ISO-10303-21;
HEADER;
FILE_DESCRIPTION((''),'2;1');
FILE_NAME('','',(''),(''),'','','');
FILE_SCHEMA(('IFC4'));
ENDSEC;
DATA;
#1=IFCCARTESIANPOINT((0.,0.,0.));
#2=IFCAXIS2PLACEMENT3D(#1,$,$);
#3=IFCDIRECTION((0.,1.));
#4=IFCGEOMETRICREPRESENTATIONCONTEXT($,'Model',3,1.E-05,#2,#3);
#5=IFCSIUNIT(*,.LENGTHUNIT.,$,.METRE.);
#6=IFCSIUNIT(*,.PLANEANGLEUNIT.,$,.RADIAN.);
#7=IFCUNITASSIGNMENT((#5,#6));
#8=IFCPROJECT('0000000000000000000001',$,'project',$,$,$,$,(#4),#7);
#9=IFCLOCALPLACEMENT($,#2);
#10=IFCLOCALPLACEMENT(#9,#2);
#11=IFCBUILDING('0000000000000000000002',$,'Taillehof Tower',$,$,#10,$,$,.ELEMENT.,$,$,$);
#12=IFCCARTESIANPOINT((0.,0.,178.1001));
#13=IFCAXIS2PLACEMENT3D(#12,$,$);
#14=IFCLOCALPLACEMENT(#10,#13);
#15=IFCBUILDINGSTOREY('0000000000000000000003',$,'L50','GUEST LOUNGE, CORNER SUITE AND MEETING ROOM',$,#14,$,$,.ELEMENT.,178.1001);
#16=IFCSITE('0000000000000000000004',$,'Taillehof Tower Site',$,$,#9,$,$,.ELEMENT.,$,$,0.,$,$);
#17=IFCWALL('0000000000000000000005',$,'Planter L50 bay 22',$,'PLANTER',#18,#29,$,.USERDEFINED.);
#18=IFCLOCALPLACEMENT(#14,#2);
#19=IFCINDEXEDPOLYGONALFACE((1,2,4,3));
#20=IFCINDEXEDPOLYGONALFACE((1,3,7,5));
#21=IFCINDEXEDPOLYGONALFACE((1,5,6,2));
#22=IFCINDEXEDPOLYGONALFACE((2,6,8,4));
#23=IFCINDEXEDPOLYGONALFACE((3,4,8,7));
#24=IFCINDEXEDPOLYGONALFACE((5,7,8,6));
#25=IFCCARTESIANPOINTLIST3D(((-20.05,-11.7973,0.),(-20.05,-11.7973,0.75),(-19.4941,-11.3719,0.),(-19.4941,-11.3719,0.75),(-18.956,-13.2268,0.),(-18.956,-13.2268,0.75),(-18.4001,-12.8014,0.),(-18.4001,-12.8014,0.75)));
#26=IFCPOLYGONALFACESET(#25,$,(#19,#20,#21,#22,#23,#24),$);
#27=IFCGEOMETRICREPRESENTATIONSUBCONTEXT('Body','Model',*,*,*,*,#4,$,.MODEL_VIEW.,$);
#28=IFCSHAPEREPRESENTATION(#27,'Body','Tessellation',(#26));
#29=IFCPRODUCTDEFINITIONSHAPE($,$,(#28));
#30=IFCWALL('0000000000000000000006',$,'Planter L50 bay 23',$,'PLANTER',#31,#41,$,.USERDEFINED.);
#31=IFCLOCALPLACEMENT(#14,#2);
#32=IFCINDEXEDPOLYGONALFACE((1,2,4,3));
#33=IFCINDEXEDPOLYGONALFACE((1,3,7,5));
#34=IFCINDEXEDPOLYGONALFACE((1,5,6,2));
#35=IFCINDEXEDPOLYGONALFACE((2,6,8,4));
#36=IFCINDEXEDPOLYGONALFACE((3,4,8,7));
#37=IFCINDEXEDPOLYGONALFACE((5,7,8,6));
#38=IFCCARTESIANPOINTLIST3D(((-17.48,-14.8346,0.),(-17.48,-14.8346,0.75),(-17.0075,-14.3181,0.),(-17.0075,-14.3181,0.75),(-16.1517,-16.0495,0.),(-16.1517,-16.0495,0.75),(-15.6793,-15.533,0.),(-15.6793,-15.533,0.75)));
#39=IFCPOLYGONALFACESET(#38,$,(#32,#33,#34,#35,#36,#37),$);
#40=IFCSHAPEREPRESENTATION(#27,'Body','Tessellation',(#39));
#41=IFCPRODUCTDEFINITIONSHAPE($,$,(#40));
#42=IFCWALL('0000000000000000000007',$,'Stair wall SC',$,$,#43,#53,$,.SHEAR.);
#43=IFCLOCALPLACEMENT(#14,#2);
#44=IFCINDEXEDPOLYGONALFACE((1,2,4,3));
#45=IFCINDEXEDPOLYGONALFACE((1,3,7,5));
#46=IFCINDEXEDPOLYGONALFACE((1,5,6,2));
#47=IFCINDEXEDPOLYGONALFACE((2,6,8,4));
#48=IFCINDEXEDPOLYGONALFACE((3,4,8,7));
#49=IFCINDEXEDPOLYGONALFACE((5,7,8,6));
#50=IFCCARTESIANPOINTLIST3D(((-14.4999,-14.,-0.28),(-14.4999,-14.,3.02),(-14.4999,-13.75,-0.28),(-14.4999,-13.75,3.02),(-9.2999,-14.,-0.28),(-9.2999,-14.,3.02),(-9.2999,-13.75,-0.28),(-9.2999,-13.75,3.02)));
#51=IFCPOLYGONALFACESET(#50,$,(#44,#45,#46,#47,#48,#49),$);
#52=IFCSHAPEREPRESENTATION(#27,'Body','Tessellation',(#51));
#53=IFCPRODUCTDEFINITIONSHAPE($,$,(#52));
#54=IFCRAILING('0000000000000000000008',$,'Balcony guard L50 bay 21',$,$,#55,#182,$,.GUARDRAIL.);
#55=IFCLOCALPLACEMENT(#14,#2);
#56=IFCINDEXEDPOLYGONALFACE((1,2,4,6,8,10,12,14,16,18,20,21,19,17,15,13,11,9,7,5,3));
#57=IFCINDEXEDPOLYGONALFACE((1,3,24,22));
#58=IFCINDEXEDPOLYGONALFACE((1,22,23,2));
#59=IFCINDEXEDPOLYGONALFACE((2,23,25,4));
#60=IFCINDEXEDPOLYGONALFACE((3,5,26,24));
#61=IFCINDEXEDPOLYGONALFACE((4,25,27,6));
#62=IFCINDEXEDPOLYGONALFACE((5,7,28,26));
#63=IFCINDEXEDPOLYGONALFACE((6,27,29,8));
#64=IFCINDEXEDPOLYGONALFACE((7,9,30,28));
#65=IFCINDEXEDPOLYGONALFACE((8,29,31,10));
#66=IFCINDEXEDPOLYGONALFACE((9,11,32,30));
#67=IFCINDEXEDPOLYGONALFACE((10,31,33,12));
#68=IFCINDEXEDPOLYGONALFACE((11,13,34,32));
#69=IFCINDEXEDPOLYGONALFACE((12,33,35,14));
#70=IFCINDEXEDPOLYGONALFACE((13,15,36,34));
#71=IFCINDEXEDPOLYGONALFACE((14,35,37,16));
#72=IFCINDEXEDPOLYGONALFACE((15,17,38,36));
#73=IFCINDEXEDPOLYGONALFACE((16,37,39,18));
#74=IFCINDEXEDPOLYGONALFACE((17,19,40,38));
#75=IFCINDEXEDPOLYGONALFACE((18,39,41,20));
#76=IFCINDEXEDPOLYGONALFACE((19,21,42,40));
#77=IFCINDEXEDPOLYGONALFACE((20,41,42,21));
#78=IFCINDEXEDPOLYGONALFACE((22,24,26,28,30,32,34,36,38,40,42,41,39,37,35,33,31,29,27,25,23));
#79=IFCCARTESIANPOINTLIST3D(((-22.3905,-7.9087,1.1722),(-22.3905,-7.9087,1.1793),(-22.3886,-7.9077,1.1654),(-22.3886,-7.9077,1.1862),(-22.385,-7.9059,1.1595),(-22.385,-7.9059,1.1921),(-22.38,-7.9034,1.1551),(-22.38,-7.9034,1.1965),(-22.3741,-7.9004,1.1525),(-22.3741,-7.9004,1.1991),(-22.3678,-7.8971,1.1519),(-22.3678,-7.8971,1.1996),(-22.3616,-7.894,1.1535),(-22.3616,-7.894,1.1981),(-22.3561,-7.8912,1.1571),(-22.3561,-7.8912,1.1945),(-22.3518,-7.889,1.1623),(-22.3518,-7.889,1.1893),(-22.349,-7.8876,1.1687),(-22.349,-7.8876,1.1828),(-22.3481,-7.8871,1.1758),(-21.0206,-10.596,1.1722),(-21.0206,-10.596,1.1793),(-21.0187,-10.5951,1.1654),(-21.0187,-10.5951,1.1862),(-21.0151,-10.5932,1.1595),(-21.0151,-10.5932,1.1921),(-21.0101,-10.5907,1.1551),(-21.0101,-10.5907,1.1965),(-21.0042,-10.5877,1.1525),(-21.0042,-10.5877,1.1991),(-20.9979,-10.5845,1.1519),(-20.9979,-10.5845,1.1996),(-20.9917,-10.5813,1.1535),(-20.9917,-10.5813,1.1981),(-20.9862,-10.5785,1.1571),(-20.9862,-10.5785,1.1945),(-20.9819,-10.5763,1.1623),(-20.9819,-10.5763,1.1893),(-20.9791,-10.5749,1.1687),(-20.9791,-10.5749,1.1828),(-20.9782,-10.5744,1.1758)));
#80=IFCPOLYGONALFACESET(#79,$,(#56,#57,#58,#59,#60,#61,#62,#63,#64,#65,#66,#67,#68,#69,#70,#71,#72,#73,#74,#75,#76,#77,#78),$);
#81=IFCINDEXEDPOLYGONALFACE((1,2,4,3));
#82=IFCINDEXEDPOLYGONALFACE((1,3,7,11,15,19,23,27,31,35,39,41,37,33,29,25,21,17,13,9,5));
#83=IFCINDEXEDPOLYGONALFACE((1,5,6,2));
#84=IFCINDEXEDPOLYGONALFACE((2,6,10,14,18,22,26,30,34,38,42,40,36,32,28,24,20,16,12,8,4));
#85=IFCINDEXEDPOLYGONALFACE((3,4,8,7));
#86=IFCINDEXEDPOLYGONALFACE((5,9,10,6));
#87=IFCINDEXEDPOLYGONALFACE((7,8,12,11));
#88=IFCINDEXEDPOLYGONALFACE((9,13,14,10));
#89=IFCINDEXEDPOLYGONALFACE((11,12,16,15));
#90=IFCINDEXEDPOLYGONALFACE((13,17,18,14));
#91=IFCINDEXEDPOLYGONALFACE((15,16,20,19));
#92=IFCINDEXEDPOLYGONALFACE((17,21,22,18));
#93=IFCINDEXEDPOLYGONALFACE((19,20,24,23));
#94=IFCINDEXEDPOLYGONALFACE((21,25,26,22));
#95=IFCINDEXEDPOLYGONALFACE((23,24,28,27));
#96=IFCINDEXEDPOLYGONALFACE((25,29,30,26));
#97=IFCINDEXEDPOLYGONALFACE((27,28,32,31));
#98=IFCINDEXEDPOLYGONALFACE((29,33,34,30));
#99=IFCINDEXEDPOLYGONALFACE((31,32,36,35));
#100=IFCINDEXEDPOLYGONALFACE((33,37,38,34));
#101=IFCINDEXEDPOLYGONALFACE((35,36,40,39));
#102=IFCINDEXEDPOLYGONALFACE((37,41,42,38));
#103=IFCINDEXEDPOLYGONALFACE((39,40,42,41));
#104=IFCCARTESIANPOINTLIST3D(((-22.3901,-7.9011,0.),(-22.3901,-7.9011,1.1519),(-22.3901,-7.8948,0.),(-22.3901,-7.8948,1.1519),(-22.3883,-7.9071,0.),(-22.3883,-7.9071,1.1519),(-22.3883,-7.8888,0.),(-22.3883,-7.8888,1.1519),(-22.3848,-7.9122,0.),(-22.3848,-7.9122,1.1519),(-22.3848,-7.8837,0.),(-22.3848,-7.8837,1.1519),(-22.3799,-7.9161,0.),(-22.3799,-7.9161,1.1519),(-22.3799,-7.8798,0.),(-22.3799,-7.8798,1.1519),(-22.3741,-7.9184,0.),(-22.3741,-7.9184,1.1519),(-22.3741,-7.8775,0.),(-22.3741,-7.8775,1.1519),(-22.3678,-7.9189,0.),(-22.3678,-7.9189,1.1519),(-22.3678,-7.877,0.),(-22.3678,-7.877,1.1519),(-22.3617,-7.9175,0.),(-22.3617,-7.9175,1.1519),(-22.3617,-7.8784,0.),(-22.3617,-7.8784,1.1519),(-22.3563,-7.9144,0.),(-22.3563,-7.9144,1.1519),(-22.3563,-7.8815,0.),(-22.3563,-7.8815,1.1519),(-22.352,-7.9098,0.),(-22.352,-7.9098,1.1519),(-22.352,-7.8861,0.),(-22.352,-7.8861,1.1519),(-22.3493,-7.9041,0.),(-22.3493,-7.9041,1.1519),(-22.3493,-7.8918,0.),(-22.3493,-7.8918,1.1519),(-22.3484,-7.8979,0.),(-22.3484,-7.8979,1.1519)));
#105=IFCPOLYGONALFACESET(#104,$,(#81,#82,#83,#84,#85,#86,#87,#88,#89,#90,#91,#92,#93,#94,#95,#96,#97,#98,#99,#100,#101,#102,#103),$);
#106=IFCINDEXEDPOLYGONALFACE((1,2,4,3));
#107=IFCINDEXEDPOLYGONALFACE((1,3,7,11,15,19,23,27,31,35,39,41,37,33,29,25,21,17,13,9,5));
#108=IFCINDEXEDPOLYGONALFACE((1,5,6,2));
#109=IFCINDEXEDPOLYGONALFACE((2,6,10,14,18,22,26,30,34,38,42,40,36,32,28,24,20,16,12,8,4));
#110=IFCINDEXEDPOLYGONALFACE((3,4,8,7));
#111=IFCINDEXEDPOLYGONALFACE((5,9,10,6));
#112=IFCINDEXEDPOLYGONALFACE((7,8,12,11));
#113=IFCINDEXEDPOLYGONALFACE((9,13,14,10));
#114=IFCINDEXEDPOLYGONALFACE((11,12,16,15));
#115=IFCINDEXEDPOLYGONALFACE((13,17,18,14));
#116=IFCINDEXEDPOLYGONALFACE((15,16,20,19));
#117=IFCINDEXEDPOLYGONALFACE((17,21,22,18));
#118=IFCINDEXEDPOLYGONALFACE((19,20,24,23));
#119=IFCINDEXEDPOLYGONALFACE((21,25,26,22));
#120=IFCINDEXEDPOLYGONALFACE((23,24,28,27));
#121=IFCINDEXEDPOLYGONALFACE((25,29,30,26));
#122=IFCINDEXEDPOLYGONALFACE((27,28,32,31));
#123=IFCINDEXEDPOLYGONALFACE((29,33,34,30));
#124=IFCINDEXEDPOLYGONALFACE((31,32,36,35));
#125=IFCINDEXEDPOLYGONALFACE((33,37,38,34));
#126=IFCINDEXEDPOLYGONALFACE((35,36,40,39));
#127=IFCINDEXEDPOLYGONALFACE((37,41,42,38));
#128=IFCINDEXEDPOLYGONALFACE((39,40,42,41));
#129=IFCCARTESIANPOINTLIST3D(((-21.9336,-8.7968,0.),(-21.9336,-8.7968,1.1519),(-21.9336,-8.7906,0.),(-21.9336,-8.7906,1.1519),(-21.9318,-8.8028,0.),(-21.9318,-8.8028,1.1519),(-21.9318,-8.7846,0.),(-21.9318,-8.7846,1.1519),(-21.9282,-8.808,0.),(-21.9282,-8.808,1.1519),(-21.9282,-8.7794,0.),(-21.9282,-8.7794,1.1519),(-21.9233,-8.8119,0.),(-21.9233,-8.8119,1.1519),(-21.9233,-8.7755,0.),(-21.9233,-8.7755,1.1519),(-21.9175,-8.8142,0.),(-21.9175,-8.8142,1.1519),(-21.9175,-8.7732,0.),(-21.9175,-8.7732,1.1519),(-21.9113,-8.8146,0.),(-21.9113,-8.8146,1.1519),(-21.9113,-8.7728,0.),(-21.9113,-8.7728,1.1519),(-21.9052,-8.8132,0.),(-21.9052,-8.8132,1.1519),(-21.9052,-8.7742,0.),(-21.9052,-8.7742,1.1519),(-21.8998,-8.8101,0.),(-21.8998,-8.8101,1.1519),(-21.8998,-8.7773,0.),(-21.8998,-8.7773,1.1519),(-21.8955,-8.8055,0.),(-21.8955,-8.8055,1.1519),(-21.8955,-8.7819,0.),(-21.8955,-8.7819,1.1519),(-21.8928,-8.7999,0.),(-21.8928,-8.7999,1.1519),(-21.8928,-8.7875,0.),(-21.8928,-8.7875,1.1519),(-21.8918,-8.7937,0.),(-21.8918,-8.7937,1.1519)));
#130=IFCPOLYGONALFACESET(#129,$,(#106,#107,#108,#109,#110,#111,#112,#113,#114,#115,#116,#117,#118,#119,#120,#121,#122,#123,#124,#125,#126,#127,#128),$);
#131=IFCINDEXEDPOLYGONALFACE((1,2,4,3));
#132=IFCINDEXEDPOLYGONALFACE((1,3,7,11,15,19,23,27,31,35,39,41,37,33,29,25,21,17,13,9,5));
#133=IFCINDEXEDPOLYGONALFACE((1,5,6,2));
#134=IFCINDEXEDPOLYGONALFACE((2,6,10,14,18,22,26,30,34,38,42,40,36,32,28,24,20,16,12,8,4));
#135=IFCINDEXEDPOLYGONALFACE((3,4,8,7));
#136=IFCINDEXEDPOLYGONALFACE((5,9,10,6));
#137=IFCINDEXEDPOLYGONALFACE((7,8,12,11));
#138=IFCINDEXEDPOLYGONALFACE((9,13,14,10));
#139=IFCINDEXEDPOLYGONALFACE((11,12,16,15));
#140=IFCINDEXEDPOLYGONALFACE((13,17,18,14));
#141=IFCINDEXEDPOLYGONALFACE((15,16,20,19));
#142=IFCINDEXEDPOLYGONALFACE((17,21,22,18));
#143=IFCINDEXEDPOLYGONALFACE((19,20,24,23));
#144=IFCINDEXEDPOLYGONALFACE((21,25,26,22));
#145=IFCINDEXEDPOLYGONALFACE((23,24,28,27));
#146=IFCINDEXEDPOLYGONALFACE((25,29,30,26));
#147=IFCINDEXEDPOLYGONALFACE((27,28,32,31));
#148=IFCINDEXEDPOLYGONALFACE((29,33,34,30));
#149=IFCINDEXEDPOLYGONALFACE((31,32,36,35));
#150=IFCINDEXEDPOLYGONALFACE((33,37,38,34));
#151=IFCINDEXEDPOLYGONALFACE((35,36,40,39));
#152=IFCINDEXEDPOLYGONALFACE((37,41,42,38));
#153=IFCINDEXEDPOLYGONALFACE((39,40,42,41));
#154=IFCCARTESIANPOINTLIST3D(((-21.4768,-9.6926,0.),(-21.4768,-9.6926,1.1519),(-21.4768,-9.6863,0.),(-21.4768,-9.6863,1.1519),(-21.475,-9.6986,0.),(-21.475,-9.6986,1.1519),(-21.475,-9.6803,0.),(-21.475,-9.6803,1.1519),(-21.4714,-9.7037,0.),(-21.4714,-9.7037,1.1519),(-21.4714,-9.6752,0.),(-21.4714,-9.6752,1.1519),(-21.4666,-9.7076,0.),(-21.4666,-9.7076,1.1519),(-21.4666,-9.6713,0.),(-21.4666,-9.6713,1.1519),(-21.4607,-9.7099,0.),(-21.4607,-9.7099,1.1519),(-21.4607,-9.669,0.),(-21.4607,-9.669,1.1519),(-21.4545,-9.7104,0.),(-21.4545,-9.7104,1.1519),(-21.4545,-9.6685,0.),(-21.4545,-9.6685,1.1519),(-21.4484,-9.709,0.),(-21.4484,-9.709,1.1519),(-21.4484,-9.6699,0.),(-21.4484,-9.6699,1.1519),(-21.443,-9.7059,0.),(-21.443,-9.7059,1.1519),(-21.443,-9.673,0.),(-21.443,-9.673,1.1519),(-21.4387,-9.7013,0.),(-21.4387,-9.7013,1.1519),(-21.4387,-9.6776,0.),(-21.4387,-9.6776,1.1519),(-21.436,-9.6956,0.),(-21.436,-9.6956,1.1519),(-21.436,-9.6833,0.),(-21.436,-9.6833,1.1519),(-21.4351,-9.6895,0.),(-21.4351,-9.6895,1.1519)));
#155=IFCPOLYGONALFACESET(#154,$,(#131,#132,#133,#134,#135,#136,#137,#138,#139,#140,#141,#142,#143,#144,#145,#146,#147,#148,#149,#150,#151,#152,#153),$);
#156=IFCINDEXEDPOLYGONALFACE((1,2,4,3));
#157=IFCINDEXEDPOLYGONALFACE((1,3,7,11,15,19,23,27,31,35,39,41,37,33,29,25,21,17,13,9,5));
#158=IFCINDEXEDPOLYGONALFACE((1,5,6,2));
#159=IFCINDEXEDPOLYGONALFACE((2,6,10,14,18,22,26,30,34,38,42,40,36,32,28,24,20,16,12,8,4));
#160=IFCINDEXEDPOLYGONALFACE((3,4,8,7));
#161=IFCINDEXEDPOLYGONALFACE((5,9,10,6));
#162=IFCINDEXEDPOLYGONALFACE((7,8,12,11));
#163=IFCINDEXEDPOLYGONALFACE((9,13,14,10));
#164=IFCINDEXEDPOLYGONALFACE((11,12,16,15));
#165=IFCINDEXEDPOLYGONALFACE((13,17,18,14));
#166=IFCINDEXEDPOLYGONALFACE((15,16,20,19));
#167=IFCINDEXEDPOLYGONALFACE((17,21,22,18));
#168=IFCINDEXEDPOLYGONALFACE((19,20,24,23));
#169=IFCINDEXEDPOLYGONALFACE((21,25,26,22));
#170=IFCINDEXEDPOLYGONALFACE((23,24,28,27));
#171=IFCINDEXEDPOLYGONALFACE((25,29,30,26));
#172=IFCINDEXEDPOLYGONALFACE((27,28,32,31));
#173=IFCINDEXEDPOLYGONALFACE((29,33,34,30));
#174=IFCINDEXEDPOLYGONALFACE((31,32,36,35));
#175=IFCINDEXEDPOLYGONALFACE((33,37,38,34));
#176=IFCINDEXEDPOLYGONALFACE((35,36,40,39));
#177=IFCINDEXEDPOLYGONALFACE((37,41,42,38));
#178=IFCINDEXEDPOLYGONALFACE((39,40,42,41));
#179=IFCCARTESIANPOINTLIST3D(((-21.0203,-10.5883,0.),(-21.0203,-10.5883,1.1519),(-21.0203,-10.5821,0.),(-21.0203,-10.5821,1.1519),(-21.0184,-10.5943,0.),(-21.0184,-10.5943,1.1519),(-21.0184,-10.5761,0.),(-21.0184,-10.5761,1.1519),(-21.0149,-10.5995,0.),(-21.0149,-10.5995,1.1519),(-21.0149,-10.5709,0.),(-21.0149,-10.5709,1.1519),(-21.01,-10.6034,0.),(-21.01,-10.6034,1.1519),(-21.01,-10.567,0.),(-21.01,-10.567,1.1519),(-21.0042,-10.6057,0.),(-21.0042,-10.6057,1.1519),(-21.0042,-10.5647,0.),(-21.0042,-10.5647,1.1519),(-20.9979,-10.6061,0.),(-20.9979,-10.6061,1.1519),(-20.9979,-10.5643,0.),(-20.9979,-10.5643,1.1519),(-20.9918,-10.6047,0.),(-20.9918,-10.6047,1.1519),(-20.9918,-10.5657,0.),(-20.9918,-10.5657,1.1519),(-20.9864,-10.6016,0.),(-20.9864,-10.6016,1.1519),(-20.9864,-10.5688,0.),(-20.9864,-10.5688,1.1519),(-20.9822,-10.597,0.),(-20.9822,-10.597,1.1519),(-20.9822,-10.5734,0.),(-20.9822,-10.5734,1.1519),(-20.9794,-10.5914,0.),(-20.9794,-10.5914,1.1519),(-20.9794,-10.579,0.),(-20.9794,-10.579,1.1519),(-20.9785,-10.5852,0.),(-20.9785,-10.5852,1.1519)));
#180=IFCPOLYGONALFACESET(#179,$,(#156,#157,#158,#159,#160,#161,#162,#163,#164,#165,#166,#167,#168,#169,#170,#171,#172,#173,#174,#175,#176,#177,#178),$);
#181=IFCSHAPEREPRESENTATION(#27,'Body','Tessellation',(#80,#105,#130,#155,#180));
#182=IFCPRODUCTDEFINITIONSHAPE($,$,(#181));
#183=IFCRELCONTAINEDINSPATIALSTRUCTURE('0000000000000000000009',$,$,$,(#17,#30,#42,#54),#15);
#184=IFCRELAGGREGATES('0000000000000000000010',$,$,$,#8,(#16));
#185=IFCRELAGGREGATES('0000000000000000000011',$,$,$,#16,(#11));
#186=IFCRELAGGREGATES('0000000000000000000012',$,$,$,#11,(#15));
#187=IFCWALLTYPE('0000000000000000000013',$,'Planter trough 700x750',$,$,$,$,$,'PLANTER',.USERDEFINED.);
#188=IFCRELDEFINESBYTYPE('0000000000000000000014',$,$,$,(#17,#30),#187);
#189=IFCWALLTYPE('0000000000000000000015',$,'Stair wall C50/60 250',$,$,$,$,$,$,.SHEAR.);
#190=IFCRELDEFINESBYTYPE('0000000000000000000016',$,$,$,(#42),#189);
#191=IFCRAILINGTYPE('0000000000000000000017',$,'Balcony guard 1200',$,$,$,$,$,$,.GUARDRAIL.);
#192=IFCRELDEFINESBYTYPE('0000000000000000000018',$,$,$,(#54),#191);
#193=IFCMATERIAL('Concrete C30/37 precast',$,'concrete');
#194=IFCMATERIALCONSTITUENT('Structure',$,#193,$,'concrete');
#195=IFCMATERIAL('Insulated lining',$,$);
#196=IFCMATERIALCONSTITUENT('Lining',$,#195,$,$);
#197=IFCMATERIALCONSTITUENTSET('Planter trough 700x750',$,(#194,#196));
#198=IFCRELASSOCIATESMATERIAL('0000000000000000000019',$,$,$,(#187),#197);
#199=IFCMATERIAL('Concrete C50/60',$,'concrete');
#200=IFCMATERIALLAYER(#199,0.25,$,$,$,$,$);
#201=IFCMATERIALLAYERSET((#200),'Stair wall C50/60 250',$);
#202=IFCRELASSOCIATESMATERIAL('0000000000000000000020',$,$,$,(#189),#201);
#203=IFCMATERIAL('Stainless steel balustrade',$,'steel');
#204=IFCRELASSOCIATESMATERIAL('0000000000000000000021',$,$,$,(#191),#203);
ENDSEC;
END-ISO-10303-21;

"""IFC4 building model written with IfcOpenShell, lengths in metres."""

from ifc_helpers import new_model, si_unit, direction, frame, frame_2d, origin, origin_2d, place, context, subcontext, project, spatial, rectangle, circle, extrude, material, layer, layer_set, constituent, constituent_set, type_object, element, save


model = new_model("IFC4")

# Units and contexts
model_context = context("Model", 3, precision=1e-05, world=origin(), true_north=direction((0.0, 1.0)))
body_context = subcontext(model_context, "Body", "Model", "MODEL_VIEW")
ifc_project = project(units=[si_unit("LENGTHUNIT", "METRE"), si_unit("PLANEANGLEUNIT", "RADIAN")], contexts=[model_context])

# Site, building, storey
site_placement = place(None, origin())
site = spatial("IfcSite", under=ifc_project, at=site_placement, Name="Taillehof Tower Site", CompositionType="ELEMENT", RefElevation=0.0)
building_placement = place(site_placement, origin())
building = spatial("IfcBuilding", under=site, at=building_placement, Name="Taillehof Tower", CompositionType="ELEMENT")
storey_placement = place(building_placement, frame((0.0, 0.0, 178.1001)))
storey = spatial("IfcBuildingStorey", under=building, at=storey_placement, Name="L50", Description="GUEST LOUNGE, CORNER SUITE AND MEETING ROOM", CompositionType="ELEMENT", Elevation=178.1001)

# Walls
ifc_material_1 = material(Name="Concrete C30/37 precast", Category="concrete")
ifc_constituent_1 = constituent(ifc_material_1, Name="Structure", Category="concrete")
ifc_material_2 = material(Name="Insulated lining")
ifc_constituent_2 = constituent(ifc_material_2, Name="Lining")
ifc_constituent_set = constituent_set(constituents=[ifc_constituent_1, ifc_constituent_2], Name="Planter trough 700x750")
wall_type_1 = type_object("IfcWallType", Name="Planter trough 700x750", ElementType="PLANTER", PredefinedType="USERDEFINED", material=ifc_constituent_set)
for number, where, z_axis, x_axis, name in (
    (1, (-19.772, -11.5847, 0.0), (0.0, 0.0, 1.0), (0.607762, -0.794119, 0.0), "Planter L50 bay 22"),
    (2, (-17.2437, -14.5764, 0.0), (0.0, 0.0, 1.0), (0.737874, -0.674938, 0.0), "Planter L50 bay 23"),
):
    element("IfcWall", number, at=place(storey_placement, frame(where, z_axis=z_axis, x_axis=x_axis)), inside=storey, type_object=wall_type_1, Name=name, ObjectType="PLANTER", PredefinedType="USERDEFINED", context=body_context, shape_type="SweptSolid", body=[
        extrude(rectangle(XDim=1.8, YDim=0.7, at=frame_2d((0.8999, 0.0))), origin(), (0.0, 0.0, 1.0), 0.75),
    ])
ifc_material_3 = material(Name="Concrete C50/60", Category="concrete")
ifc_layer_1 = layer(ifc_material_3, 0.25)
ifc_layer_set_1 = layer_set([ifc_layer_1], Name="Stair wall C50/60 250")
wall_type_2 = type_object("IfcWallType", Name="Stair wall C50/60 250", PredefinedType="SHEAR", material=ifc_layer_set_1)
wall_1_placement = place(storey_placement, frame((-14.5, -13.875, -0.28), z_axis=(0.0, 0.0, 1.0), x_axis=(1.0, 0.0, 0.0)))
element("IfcWall", 3, at=wall_1_placement, inside=storey, type_object=wall_type_2, Name="Stair wall SC", PredefinedType="SHEAR", context=body_context, shape_type="SweptSolid", body=[
    extrude(rectangle(XDim=5.2, YDim=0.25, at=frame_2d((2.6001, 0.0))), origin(), (0.0, 0.0, 1.0), 3.3),
])

# Railing
ifc_material_4 = material(Name="Stainless steel balustrade", Category="steel")
railing_type = type_object("IfcRailingType", Name="Balcony guard 1200", PredefinedType="GUARDRAIL", material=ifc_material_4)
railing_1_placement = place(storey_placement, frame((-22.3694, -7.8979, 0.0)))
element("IfcRailing", 4, at=railing_1_placement, inside=storey, type_object=railing_type, Name="Balcony guard L50 bay 21", PredefinedType="GUARDRAIL", context=body_context, shape_type="SweptSolid", body=[
    extrude(circle(Radius=0.0239, at=origin_2d()), frame((0.0, 0.0, 1.1758), z_axis=(0.454161, -0.89092, 0.0), x_axis=(0.89092, 0.454161, 0.0)), (0.0, 0.0, 1.0), 3.0164),
    extrude(circle(Radius=0.021, at=origin_2d()), origin(), (0.0, 0.0, 1.0), 1.1519),
    extrude(circle(Radius=0.021, at=origin_2d()), frame((0.4565, -0.8958, 0.0)), (0.0, 0.0, 1.0), 1.1519),
    extrude(circle(Radius=0.021, at=origin_2d()), frame((0.9133, -1.7915, 0.0)), (0.0, 0.0, 1.0), 1.1519),
    extrude(circle(Radius=0.021, at=origin_2d()), frame((1.3699, -2.6873, 0.0)), (0.0, 0.0, 1.0), 1.1519),
])

save(model, "model.ifc")
